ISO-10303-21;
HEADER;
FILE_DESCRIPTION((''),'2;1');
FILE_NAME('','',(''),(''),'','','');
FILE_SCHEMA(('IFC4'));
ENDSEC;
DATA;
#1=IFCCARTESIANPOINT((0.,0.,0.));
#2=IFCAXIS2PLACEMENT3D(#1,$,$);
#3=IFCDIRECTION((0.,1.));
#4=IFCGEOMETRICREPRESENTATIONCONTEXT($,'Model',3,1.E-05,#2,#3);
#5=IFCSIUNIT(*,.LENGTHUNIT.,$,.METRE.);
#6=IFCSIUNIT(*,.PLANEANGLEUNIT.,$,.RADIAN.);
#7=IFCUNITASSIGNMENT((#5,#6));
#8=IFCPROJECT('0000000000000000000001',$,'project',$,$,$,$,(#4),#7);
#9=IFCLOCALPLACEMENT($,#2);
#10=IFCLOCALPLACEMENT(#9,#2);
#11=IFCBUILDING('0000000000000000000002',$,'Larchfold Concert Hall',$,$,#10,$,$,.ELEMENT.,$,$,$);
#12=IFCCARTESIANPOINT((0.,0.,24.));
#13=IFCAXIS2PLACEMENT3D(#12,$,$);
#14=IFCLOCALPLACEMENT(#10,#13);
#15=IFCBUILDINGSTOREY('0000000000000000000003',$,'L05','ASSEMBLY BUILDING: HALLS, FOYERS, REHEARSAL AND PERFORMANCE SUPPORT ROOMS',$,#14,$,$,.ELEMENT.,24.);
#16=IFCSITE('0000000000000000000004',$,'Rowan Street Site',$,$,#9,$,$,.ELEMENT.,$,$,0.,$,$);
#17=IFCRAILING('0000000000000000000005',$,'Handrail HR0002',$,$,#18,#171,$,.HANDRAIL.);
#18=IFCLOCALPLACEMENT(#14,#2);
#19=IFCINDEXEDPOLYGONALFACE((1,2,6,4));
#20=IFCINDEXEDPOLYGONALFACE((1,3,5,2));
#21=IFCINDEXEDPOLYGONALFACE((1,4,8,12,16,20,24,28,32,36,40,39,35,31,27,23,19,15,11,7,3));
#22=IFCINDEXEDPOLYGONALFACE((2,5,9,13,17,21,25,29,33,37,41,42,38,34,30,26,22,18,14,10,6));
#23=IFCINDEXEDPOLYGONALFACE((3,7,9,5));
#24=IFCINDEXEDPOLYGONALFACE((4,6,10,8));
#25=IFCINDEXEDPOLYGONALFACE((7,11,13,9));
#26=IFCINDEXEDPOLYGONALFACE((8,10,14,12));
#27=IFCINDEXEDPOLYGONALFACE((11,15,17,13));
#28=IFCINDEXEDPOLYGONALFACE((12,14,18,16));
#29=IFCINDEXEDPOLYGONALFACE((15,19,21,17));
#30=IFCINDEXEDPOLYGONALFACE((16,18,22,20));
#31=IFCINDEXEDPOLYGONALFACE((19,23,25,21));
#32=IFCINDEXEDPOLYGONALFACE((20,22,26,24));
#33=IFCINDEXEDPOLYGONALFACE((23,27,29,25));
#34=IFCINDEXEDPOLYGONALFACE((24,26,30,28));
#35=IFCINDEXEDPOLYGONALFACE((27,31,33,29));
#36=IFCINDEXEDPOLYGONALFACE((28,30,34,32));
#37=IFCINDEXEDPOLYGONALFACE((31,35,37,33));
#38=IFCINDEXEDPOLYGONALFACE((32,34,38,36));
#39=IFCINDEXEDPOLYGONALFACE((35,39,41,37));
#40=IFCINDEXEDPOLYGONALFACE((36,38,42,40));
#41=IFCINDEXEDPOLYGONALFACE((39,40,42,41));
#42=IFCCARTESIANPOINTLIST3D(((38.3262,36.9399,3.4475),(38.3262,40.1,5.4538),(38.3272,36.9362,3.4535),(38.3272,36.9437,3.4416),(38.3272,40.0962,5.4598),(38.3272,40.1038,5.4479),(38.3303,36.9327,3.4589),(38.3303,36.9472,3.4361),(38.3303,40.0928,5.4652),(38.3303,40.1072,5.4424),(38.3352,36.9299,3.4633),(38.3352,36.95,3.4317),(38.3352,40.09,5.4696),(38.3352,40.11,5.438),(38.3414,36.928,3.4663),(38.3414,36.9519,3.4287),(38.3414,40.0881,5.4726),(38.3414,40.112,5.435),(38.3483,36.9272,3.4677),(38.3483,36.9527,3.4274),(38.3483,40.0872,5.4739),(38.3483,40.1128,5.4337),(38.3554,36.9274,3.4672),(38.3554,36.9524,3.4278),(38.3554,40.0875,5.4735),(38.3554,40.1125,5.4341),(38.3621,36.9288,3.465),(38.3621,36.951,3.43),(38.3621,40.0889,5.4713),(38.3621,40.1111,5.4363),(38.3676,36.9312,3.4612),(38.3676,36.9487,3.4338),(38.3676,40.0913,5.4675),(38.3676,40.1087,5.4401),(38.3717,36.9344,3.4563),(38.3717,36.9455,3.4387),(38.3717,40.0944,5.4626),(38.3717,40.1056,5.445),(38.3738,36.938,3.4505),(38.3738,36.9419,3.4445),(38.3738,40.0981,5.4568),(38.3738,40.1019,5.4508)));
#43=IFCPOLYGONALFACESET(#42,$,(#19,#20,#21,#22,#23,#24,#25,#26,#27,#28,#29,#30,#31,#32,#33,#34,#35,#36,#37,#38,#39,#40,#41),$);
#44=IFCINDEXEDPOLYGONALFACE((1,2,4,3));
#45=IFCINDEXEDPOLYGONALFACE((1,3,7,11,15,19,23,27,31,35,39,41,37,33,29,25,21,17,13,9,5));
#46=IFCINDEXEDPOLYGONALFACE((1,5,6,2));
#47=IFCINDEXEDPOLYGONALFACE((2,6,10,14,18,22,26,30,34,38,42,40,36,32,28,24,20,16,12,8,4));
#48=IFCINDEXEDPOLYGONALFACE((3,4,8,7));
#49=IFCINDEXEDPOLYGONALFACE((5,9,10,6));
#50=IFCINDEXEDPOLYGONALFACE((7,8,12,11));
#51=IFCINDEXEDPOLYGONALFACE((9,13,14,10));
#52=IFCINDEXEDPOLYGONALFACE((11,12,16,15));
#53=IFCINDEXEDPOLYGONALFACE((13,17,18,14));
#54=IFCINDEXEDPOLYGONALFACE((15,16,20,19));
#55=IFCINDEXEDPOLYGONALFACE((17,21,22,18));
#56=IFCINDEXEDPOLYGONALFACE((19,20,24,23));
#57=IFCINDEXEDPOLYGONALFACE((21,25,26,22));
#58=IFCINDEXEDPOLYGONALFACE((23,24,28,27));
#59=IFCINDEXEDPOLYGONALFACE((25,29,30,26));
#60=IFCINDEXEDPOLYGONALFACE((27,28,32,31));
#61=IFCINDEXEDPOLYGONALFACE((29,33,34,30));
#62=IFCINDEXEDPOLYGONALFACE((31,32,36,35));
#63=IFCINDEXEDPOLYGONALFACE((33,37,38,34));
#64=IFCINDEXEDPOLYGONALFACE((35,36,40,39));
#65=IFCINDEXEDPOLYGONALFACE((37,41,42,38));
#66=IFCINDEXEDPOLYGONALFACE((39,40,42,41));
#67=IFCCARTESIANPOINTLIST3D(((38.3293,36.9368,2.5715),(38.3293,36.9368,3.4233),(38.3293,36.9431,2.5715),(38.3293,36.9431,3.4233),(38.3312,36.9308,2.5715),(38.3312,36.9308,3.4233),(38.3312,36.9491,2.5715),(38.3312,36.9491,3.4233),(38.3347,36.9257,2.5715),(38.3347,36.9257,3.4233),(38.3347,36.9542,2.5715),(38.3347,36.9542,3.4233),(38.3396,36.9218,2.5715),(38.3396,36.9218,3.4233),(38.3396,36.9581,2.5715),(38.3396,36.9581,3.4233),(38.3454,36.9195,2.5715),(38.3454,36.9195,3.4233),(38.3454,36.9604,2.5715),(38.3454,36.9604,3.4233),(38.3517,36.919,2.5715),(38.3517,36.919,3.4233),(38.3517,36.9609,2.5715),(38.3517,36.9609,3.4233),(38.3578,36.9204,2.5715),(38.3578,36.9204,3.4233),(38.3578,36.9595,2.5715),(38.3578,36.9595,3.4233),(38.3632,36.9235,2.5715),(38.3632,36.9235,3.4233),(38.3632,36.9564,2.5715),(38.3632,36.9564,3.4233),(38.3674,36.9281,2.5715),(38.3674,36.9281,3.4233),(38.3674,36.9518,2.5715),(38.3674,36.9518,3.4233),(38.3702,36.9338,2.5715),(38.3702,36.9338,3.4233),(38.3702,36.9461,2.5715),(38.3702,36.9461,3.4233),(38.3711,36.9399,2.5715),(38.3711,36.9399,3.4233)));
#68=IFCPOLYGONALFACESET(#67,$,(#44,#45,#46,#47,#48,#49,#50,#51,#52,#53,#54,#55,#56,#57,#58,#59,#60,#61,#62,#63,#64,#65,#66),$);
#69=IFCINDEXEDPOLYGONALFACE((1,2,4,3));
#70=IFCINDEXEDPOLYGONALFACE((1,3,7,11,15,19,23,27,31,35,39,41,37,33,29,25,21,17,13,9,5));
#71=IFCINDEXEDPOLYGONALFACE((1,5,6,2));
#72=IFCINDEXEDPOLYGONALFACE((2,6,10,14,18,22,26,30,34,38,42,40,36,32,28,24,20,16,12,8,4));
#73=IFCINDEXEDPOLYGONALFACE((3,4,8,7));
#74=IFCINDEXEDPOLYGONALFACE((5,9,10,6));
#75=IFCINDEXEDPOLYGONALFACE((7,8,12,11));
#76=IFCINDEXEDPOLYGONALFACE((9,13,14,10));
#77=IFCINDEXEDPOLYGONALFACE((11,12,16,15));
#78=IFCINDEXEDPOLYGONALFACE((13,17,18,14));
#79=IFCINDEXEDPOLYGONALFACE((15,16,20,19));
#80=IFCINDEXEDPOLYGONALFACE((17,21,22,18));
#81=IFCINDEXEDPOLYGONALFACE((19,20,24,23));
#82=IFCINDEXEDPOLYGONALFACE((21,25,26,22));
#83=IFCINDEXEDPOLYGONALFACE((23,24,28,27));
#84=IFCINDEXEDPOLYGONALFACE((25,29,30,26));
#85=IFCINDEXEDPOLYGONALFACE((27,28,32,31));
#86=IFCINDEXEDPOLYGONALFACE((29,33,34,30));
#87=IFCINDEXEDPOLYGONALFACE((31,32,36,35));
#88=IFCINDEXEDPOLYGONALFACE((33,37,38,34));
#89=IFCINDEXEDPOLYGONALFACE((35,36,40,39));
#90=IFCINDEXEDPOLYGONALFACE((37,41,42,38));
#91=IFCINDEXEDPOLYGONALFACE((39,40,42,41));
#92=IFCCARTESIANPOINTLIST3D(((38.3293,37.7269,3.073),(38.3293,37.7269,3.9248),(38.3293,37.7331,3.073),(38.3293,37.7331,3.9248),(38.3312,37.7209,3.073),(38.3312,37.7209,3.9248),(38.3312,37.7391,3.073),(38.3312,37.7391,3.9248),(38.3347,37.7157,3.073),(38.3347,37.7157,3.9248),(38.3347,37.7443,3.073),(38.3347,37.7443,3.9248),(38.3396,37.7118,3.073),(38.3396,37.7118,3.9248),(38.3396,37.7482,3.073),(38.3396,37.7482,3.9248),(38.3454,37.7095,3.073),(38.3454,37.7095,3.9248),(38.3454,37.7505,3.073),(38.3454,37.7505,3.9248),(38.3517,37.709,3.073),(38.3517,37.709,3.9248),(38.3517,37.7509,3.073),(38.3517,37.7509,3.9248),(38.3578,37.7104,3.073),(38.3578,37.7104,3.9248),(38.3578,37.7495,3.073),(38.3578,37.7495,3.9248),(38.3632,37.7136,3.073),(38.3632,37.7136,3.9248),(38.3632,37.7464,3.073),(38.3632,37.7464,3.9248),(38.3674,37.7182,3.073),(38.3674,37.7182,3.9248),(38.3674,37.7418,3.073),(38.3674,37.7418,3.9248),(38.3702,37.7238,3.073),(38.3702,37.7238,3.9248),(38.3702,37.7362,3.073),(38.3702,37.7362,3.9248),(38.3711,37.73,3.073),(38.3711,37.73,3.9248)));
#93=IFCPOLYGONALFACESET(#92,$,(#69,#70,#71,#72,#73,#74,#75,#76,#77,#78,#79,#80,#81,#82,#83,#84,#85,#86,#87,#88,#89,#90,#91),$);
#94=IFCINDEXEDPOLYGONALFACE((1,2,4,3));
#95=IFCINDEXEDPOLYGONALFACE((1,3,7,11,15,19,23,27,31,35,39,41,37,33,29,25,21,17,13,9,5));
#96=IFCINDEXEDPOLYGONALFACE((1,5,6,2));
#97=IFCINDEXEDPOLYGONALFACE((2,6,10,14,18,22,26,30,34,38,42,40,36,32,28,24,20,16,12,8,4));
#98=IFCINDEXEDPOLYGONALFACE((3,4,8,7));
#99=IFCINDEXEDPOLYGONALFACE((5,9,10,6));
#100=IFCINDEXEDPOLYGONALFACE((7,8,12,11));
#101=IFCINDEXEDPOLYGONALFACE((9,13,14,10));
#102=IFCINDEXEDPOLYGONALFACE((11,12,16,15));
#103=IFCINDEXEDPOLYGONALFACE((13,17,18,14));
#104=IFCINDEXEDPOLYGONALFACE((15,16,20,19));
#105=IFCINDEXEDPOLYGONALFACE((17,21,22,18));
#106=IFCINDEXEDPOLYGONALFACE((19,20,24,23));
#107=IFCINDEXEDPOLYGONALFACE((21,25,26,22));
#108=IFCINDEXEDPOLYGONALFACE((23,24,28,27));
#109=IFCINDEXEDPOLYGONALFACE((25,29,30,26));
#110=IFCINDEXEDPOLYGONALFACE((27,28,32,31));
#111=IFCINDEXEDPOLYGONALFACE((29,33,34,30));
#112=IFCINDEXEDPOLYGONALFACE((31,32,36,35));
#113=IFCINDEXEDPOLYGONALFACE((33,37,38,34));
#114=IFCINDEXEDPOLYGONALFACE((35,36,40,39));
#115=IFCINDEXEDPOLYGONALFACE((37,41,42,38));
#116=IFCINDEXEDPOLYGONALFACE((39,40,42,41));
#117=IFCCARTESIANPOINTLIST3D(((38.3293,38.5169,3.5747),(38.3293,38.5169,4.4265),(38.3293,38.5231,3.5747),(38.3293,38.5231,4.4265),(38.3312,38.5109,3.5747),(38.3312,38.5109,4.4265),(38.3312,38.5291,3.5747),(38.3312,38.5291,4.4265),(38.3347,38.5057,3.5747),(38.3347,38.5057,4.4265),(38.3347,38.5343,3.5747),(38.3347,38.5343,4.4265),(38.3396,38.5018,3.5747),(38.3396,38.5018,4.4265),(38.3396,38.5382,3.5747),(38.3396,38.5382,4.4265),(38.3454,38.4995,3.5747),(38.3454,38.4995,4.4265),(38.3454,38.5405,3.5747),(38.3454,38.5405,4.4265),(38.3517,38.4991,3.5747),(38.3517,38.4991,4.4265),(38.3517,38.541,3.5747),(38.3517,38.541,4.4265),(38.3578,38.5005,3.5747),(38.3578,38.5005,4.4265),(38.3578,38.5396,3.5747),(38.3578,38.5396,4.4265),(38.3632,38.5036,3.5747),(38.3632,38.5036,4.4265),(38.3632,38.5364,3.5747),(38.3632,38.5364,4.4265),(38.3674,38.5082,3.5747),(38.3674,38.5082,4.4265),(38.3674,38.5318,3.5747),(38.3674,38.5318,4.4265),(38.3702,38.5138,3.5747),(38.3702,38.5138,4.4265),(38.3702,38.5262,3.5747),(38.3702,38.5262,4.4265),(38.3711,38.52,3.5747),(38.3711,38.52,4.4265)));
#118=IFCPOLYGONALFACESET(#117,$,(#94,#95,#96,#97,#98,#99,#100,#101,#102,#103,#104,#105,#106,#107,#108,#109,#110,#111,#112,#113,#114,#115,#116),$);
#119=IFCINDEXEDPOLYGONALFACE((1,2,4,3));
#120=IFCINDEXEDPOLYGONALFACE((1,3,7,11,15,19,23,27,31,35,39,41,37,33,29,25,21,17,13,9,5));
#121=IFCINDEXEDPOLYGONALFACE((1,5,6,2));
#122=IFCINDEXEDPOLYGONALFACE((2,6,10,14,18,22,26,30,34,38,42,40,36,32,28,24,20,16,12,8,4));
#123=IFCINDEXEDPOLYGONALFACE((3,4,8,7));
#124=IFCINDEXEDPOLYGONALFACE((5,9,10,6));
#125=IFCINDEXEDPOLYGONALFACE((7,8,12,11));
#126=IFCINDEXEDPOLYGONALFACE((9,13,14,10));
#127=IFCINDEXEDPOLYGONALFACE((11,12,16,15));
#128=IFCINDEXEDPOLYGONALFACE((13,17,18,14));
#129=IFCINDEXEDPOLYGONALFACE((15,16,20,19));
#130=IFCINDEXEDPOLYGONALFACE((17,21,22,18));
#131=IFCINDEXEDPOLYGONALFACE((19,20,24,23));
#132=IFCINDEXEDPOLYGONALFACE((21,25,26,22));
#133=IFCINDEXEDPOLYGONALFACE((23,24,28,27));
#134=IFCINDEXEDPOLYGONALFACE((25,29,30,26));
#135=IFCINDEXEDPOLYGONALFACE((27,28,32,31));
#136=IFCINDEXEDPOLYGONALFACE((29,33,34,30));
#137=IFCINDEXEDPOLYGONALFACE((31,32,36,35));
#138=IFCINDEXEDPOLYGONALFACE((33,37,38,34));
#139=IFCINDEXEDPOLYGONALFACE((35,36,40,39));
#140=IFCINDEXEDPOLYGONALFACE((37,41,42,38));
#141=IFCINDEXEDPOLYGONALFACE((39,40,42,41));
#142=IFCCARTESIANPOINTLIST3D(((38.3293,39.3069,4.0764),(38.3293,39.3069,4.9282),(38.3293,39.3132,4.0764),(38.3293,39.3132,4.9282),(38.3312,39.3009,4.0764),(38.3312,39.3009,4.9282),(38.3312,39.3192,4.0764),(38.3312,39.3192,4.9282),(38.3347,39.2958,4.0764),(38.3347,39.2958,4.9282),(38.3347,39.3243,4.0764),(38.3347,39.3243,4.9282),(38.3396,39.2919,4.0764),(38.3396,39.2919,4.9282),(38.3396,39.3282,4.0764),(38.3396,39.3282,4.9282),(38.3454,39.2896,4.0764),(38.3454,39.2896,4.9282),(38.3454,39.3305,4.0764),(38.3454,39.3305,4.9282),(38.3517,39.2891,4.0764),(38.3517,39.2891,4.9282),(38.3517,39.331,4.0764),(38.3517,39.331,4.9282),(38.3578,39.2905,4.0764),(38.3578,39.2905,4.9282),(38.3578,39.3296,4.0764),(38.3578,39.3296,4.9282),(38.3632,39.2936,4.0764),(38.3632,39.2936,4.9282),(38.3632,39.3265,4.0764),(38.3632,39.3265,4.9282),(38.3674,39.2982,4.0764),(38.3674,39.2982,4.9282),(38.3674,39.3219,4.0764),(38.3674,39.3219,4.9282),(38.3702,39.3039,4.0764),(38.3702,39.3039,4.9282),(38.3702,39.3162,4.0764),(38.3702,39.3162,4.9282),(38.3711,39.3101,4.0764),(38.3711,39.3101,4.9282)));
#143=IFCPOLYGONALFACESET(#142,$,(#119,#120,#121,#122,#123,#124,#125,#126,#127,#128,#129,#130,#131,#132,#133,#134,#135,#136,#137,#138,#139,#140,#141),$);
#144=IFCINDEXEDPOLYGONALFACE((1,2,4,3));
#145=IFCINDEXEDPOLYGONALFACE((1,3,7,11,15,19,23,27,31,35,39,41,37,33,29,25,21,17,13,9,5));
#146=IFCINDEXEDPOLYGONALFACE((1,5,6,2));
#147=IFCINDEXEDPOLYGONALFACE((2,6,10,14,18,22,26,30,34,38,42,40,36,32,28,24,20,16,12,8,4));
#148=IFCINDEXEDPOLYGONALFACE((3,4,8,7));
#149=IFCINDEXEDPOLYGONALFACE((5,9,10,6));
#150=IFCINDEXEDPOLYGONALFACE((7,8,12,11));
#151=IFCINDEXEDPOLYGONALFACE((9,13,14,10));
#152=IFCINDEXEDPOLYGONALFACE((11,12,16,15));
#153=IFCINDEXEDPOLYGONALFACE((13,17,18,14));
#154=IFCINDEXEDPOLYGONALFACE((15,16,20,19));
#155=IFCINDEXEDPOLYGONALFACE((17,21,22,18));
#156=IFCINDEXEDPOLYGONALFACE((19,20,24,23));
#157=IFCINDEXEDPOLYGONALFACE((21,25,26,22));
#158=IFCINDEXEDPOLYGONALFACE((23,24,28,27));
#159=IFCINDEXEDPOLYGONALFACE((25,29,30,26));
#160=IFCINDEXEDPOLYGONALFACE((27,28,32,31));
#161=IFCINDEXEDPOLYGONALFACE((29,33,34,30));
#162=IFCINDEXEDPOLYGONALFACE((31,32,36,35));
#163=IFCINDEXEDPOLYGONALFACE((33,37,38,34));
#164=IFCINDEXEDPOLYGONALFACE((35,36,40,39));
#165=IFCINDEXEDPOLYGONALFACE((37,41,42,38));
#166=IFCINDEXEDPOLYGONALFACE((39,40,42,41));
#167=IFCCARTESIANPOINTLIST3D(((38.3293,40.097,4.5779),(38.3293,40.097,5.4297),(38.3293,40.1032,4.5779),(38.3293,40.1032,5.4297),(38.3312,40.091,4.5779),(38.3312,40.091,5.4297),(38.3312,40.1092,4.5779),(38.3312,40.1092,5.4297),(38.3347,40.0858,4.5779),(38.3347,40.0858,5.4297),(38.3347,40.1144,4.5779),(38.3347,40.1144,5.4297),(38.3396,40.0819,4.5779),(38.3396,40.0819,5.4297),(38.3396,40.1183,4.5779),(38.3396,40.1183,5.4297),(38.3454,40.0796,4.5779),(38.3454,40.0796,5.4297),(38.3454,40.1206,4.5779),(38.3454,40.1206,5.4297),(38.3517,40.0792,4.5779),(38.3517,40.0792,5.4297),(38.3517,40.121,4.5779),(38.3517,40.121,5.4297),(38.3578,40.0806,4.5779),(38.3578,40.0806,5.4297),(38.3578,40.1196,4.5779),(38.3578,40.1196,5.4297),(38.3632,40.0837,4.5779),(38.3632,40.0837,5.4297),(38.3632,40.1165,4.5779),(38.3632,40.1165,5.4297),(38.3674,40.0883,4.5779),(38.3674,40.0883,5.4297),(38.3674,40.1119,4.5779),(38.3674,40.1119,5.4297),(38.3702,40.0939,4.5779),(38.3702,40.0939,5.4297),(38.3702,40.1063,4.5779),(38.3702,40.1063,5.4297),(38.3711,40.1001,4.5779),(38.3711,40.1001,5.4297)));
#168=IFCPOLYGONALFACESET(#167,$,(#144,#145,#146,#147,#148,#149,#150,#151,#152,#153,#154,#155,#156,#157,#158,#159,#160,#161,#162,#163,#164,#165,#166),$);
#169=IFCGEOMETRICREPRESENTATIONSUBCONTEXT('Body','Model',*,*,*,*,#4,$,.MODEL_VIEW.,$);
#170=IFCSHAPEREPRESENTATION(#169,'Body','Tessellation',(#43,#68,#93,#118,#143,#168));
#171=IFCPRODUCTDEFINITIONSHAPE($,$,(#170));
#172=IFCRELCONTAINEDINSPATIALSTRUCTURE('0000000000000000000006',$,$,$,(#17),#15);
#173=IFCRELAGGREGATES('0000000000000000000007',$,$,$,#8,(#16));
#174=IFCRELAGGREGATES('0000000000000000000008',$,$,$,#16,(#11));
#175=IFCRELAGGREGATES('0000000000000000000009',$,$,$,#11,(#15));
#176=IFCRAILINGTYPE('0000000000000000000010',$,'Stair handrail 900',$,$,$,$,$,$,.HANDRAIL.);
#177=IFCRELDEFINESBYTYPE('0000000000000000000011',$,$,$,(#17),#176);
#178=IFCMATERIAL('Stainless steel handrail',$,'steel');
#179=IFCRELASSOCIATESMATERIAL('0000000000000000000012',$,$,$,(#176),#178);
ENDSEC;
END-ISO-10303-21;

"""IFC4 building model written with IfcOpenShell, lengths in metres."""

from ifc_helpers import new_model, si_unit, direction, frame, origin, origin_2d, place, context, subcontext, project, spatial, circle, extrude, material, type_object, element, save


model = new_model("IFC4")

# Units and contexts
model_context = context("Model", 3, precision=1e-05, world=origin(), true_north=direction((0.0, 1.0)))
body_context = subcontext(model_context, "Body", "Model", "MODEL_VIEW")
ifc_project = project(units=[si_unit("LENGTHUNIT", "METRE"), si_unit("PLANEANGLEUNIT", "RADIAN")], contexts=[model_context])

# Site, building, storey
site_placement = place(None, origin())
site = spatial("IfcSite", under=ifc_project, at=site_placement, Name="Rowan Street Site", CompositionType="ELEMENT", RefElevation=0.0)
building_placement = place(site_placement, origin())
building = spatial("IfcBuilding", under=site, at=building_placement, Name="Larchfold Concert Hall", CompositionType="ELEMENT")
storey_placement = place(building_placement, frame((0.0, 0.0, 24.0)))
storey = spatial("IfcBuildingStorey", under=building, at=storey_placement, Name="L05", Description="ASSEMBLY BUILDING: HALLS, FOYERS, REHEARSAL AND PERFORMANCE SUPPORT ROOMS", CompositionType="ELEMENT", Elevation=24.0)

# Railing
ifc_material_1 = material(Name="Stainless steel handrail", Category="steel")
railing_type_1 = type_object("IfcRailingType", Name="Stair handrail 900", PredefinedType="HANDRAIL", material=ifc_material_1)
railing_1_placement = place(storey_placement, frame((38.3501, 36.9399, 2.5715)))
element("IfcRailing", 1, at=railing_1_placement, inside=storey, type_object=railing_type_1, Name="Handrail HR0002", PredefinedType="HANDRAIL", context=body_context, shape_type="SweptSolid", body=[
    extrude(circle(Radius=0.0239, at=origin_2d()), frame((0.0, 0.0, 0.876), z_axis=(0.0, 0.844225, 0.535989), x_axis=(-1.0, 0.0, 0.0)), (0.0, 0.0, 1.0), 3.7432),
    extrude(circle(Radius=0.021, at=origin_2d()), origin(), (0.0, 0.0, 1.0), 0.8518),
    extrude(circle(Radius=0.021, at=origin_2d()), frame((0.0, 0.79, 0.5015)), (0.0, 0.0, 1.0), 0.8518),
    extrude(circle(Radius=0.021, at=origin_2d()), frame((0.0, 1.5801, 1.0032)), (0.0, 0.0, 1.0), 0.8518),
    extrude(circle(Radius=0.021, at=origin_2d()), frame((0.0, 2.3701, 1.5049)), (0.0, 0.0, 1.0), 0.8518),
    extrude(circle(Radius=0.021, at=origin_2d()), frame((0.0, 3.1602, 2.0063)), (0.0, 0.0, 1.0), 0.8518),
])

save(model, "model.ifc")
